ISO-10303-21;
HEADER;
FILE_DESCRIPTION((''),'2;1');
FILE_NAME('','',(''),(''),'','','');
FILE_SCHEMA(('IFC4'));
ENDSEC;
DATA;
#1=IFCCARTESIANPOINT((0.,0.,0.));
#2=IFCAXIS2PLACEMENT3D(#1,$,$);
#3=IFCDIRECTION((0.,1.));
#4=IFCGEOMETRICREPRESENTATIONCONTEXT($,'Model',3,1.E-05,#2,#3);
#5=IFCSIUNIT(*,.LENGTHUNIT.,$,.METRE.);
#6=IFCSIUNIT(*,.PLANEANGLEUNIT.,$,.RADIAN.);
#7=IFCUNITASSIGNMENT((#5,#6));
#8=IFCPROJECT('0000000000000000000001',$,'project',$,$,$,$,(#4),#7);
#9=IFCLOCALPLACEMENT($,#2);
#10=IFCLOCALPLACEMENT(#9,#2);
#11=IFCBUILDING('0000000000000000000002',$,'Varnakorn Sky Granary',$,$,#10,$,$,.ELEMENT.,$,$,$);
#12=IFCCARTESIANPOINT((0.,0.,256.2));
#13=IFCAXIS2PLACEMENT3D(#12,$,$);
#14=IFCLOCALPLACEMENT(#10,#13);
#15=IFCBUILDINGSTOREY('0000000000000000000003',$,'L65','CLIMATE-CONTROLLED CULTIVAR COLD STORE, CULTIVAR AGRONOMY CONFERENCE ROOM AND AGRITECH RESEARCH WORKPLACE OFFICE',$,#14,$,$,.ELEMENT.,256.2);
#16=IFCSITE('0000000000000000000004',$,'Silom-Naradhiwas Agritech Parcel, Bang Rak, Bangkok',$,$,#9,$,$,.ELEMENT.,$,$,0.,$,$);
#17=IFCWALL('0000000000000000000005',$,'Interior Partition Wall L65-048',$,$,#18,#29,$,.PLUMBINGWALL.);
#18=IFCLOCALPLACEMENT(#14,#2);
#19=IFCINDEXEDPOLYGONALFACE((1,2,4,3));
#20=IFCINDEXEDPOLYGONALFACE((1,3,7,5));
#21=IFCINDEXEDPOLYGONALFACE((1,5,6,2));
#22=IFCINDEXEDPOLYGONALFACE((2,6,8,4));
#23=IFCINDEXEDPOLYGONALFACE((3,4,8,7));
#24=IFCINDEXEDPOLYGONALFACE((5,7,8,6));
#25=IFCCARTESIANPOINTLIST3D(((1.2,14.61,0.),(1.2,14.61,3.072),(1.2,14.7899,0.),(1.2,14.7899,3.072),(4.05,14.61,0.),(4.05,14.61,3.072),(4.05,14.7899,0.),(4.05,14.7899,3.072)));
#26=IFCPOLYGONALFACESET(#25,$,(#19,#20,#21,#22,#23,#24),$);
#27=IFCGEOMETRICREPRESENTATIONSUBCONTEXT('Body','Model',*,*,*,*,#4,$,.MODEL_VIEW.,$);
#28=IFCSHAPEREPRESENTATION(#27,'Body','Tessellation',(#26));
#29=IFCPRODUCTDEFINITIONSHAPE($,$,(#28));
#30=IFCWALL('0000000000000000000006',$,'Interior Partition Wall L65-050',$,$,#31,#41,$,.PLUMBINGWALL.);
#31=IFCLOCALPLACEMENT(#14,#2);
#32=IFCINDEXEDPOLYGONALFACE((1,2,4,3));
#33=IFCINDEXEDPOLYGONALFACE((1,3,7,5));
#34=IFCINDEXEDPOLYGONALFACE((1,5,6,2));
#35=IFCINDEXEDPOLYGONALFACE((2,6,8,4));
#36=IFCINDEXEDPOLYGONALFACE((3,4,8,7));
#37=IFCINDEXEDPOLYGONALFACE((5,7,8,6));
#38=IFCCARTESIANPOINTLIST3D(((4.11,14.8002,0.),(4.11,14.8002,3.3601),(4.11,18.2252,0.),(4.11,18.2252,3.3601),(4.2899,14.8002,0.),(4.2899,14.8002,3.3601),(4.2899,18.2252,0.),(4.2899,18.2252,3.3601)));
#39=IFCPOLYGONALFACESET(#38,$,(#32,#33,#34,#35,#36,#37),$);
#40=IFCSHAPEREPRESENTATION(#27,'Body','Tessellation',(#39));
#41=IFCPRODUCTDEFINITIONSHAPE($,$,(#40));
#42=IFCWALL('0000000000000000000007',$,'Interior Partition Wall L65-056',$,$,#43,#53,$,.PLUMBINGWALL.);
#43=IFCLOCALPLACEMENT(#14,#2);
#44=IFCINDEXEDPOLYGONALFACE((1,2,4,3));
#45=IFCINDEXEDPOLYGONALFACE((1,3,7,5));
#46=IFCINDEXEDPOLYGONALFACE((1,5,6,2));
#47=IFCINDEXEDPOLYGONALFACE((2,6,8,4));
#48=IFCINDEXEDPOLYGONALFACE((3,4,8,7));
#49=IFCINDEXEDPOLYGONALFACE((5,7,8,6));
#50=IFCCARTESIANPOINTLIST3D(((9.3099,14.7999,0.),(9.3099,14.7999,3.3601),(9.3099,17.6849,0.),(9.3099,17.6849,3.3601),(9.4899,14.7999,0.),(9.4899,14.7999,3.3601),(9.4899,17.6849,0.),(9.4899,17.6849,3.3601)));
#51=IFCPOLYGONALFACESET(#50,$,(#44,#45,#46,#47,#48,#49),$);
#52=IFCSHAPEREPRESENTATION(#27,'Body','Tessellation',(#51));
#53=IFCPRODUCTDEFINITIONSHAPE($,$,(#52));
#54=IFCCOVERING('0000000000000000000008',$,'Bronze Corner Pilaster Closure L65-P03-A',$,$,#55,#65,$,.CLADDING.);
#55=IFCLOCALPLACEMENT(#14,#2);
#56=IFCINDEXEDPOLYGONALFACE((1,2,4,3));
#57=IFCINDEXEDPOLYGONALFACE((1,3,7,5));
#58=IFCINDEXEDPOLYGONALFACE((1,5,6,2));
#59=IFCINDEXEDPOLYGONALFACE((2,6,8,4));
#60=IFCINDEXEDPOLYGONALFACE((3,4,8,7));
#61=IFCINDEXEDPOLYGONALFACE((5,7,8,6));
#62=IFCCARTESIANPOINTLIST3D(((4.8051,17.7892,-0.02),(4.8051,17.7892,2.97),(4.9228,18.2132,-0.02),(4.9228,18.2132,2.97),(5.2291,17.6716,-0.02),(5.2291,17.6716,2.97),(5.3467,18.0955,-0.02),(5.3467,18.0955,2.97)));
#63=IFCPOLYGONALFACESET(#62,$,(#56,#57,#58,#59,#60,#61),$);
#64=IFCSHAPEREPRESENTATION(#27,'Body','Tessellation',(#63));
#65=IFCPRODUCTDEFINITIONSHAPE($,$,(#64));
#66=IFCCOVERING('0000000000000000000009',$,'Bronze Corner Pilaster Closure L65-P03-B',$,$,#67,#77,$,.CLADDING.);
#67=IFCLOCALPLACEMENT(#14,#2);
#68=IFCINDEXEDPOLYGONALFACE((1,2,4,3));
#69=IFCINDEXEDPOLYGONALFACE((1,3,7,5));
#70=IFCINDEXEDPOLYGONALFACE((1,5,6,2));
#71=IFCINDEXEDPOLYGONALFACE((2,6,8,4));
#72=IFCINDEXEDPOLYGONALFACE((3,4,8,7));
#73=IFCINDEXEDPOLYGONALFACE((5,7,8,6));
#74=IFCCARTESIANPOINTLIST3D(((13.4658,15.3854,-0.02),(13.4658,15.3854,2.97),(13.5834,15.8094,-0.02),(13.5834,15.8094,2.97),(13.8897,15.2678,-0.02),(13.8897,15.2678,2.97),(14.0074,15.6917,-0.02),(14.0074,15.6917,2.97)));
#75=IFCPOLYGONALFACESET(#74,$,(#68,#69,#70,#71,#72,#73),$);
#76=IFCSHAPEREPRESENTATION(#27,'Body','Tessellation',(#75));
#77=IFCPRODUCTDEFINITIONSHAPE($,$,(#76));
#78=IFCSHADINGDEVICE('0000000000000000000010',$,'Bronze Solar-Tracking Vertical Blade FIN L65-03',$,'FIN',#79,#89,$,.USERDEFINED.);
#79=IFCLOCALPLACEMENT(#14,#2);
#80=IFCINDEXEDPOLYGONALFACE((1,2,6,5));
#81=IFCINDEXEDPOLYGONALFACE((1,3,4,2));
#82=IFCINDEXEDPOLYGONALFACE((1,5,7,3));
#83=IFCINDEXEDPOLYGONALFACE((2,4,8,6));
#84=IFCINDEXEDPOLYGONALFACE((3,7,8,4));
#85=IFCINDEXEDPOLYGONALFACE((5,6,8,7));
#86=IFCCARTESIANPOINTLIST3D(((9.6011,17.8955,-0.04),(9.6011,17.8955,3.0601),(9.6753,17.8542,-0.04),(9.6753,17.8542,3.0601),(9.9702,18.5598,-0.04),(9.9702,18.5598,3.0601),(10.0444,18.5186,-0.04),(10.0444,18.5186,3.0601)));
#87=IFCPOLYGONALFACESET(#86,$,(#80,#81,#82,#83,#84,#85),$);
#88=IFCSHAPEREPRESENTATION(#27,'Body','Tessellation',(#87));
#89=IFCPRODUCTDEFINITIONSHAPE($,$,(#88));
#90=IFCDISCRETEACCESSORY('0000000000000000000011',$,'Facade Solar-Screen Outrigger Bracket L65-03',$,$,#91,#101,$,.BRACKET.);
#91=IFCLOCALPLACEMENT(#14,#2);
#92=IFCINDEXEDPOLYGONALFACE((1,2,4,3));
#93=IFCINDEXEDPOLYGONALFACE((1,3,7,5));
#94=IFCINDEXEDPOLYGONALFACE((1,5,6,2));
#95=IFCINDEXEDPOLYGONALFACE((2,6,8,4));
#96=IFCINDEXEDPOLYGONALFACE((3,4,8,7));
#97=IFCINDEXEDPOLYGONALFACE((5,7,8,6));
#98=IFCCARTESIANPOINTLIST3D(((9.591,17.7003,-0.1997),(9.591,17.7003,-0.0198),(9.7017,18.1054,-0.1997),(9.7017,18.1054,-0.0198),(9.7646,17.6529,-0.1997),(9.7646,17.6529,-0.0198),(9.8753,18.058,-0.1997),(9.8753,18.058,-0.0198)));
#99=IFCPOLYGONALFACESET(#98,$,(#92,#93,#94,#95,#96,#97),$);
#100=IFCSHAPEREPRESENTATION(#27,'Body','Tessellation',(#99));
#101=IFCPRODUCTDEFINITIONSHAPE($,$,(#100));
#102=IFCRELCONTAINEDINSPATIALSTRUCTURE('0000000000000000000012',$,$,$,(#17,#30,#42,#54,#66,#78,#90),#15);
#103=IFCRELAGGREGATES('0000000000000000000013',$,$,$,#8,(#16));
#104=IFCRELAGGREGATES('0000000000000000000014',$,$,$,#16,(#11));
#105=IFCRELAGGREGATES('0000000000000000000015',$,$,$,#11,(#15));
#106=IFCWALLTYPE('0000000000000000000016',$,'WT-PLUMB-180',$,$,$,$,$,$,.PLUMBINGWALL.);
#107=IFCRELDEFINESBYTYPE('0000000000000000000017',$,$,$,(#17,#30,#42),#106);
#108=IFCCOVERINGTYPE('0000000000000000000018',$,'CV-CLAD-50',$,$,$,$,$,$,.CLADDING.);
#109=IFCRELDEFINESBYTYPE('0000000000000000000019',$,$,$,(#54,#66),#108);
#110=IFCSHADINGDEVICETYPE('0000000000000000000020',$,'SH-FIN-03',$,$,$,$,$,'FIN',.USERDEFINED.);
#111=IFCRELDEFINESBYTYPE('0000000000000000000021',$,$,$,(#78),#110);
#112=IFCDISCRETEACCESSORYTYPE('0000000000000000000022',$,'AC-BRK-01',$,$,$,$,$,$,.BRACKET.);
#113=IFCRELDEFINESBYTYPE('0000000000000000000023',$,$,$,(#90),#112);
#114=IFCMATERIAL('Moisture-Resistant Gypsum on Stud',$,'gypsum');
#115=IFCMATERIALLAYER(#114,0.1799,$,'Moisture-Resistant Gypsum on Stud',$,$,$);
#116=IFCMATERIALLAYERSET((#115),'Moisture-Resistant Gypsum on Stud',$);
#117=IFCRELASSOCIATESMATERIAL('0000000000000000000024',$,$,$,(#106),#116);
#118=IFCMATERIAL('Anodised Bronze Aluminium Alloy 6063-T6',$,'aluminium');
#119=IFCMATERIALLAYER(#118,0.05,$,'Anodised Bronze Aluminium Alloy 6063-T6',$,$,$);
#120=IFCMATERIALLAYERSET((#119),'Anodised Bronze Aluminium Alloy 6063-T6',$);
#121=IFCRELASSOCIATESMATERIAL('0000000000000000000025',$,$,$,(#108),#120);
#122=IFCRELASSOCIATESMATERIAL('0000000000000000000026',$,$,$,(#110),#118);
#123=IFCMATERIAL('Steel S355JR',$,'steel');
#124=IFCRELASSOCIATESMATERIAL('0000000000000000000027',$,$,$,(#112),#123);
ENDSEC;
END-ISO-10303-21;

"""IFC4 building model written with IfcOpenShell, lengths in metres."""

from ifc_helpers import new_model, si_unit, direction, frame, frame_2d, origin, origin_2d, place, context, subcontext, project, spatial, rectangle, extrude, source, transform, mapped, material, layer, layer_set, type_object, type_shapes, element, save


model = new_model("IFC4")

# Units and contexts
model_context = context("Model", 3, precision=1e-05, world=origin(), true_north=direction((0.0, 1.0)))
body_context = subcontext(model_context, "Body", "Model", "MODEL_VIEW")
ifc_project = project(units=[si_unit("LENGTHUNIT", "METRE"), si_unit("PLANEANGLEUNIT", "RADIAN")], contexts=[model_context])

# Site, building, storey
site_placement = place(None, origin())
site = spatial("IfcSite", under=ifc_project, at=site_placement, Name="Silom-Naradhiwas Agritech Parcel, Bang Rak, Bangkok", CompositionType="ELEMENT", RefElevation=0.0)
building_placement = place(site_placement, origin())
building = spatial("IfcBuilding", under=site, at=building_placement, Name="Varnakorn Sky Granary", CompositionType="ELEMENT")
storey_placement = place(building_placement, frame((0.0, 0.0, 256.2)))
storey = spatial("IfcBuildingStorey", under=building, at=storey_placement, Name="L65", Description="CLIMATE-CONTROLLED CULTIVAR COLD STORE, CULTIVAR AGRONOMY CONFERENCE ROOM AND AGRITECH RESEARCH WORKPLACE OFFICE", CompositionType="ELEMENT", Elevation=256.2)

# Shared definitions
ifc_material_1 = material(Name="Steel S355JR", Category="steel")

# Shared definitions
ifc_material_2 = material(Name="Anodised Bronze Aluminium Alloy 6063-T6", Category="aluminium")

# Shared definitions
ifc_material_3 = material(Name="Moisture-Resistant Gypsum on Stud", Category="gypsum")
ifc_layer_1 = layer(ifc_material_3, 0.1799, Name="Moisture-Resistant Gypsum on Stud")
ifc_layer_set_1 = layer_set([ifc_layer_1], Name="Moisture-Resistant Gypsum on Stud")
wall_type_1 = type_object("IfcWallType", Name="WT-PLUMB-180", PredefinedType="PLUMBINGWALL", material=ifc_layer_set_1)

# Walls
wall_1_placement = place(storey_placement, frame((4.05, 14.7, 0.0), z_axis=(0.0, 0.0, 1.0), x_axis=(-1.0, 0.0, 0.0)))
element("IfcWall", 1, at=wall_1_placement, inside=storey, type_object=wall_type_1, Name="Interior Partition Wall L65-048", PredefinedType="PLUMBINGWALL", context=body_context, shape_type="SweptSolid", body=[
    extrude(rectangle(XDim=2.8501, YDim=0.1799, at=frame_2d((1.425, 0.0))), origin(), (0.0, 0.0, 1.0), 3.072),
])
wall_2_placement = place(storey_placement, frame((4.2, 18.2251, 0.0), z_axis=(0.0, 0.0, 1.0), x_axis=(0.0, -1.0, 0.0)))
element("IfcWall", 2, at=wall_2_placement, inside=storey, type_object=wall_type_1, Name="Interior Partition Wall L65-050", PredefinedType="PLUMBINGWALL", context=body_context, shape_type="SweptSolid", body=[
    extrude(rectangle(XDim=3.425, YDim=0.1799, at=frame_2d((1.7124, 0.0))), origin(), (0.0, 0.0, 1.0), 3.3601),
])
wall_3_placement = place(storey_placement, frame((9.3999, 14.8, 0.0), z_axis=(0.0, 0.0, 1.0), x_axis=(0.0, 1.0, 0.0)))
element("IfcWall", 3, at=wall_3_placement, inside=storey, type_object=wall_type_1, Name="Interior Partition Wall L65-056", PredefinedType="PLUMBINGWALL", context=body_context, shape_type="SweptSolid", body=[
    extrude(rectangle(XDim=2.885, YDim=0.1799, at=frame_2d((1.4424, 0.0))), origin(), (0.0, 0.0, 1.0), 3.3601),
])

# Coverings
ifc_layer_2 = layer(ifc_material_2, 0.05, Name="Anodised Bronze Aluminium Alloy 6063-T6")
ifc_layer_set_2 = layer_set([ifc_layer_2], Name="Anodised Bronze Aluminium Alloy 6063-T6")
covering_type = type_object("IfcCoveringType", Name="CV-CLAD-50", PredefinedType="CLADDING", material=ifc_layer_set_2)
shared_shape_1 = source(origin(), body_context, "Body", "SweptSolid", [
    extrude(rectangle(XDim=0.4399, YDim=0.4399, at=origin_2d()), origin(), (0.0, 0.0, 1.0), 2.99),
])
type_shapes(covering_type, [shared_shape_1])
for number, where, z_axis, x_axis, name in (
    (4, (5.0759, 17.9424, -0.02), (0.0, 0.0, 1.0), (0.963584, -0.267407, 0.0), "Bronze Corner Pilaster Closure L65-P03-A"),
    (5, (13.7366, 15.5386, -0.02), (0.0, 0.0, 1.0), (0.963584, -0.267407, 0.0), "Bronze Corner Pilaster Closure L65-P03-B"),
):
    element("IfcCovering", number, at=place(storey_placement, frame(where, z_axis=z_axis, x_axis=x_axis)), inside=storey, type_object=covering_type, Name=name, PredefinedType="CLADDING", context=body_context, shape_type="MappedRepresentation", body=[
        mapped(shared_shape_1, transform((0.0, 0.0, 0.0), x_axis=(1.0, 0.0, 0.0), y_axis=(0.0, 1.0, 0.0), z_axis=(0.0, 0.0, 1.0), scale=1.0)),
    ])

# Shading device
shading_device_type = type_object("IfcShadingDeviceType", Name="SH-FIN-03", ElementType="FIN", PredefinedType="USERDEFINED", material=ifc_material_2)
shared_shape_2 = source(origin(), body_context, "Body", "SweptSolid", [
    extrude(rectangle(XDim=0.085, YDim=0.76, at=origin_2d()), origin(), (0.0, 0.0, 1.0), 3.1001),
])
type_shapes(shading_device_type, [shared_shape_2])
shading_device_placement = place(storey_placement, frame((9.8228, 18.207, -0.04), z_axis=(0.0, 0.0, 1.0), x_axis=(-0.874155, 0.485647, 0.0)))
element("IfcShadingDevice", 6, at=shading_device_placement, inside=storey, type_object=shading_device_type, Name="Bronze Solar-Tracking Vertical Blade FIN L65-03", ObjectType="FIN", PredefinedType="USERDEFINED", context=body_context, shape_type="MappedRepresentation", body=[
    mapped(shared_shape_2, transform((0.0, 0.0, 0.0), x_axis=(1.0, 0.0, 0.0), y_axis=(0.0, 1.0, 0.0), z_axis=(0.0, 0.0, 1.0), scale=1.0)),
])

# Discrete accessory
discrete_accessory_type = type_object("IfcDiscreteAccessoryType", Name="AC-BRK-01", PredefinedType="BRACKET", material=ifc_material_1)
shared_shape_3 = source(origin(), body_context, "Body", "SweptSolid", [
    extrude(rectangle(XDim=0.1799, YDim=0.4199, at=origin_2d()), origin(), (0.0, 0.0, 1.0), 0.1799),
])
type_shapes(discrete_accessory_type, [shared_shape_3])
discrete_accessory_placement = place(storey_placement, frame((9.7332, 17.8792, -0.1997), z_axis=(0.0, 0.0, 1.0), x_axis=(-0.964667, 0.263473, 0.0)))
element("IfcDiscreteAccessory", 7, at=discrete_accessory_placement, inside=storey, type_object=discrete_accessory_type, Name="Facade Solar-Screen Outrigger Bracket L65-03", PredefinedType="BRACKET", context=body_context, shape_type="MappedRepresentation", body=[
    mapped(shared_shape_3, transform((0.0, 0.0, 0.0), x_axis=(1.0, 0.0, 0.0), y_axis=(0.0, 1.0, 0.0), z_axis=(0.0, 0.0, 1.0), scale=1.0)),
])

save(model, "model.ifc")
